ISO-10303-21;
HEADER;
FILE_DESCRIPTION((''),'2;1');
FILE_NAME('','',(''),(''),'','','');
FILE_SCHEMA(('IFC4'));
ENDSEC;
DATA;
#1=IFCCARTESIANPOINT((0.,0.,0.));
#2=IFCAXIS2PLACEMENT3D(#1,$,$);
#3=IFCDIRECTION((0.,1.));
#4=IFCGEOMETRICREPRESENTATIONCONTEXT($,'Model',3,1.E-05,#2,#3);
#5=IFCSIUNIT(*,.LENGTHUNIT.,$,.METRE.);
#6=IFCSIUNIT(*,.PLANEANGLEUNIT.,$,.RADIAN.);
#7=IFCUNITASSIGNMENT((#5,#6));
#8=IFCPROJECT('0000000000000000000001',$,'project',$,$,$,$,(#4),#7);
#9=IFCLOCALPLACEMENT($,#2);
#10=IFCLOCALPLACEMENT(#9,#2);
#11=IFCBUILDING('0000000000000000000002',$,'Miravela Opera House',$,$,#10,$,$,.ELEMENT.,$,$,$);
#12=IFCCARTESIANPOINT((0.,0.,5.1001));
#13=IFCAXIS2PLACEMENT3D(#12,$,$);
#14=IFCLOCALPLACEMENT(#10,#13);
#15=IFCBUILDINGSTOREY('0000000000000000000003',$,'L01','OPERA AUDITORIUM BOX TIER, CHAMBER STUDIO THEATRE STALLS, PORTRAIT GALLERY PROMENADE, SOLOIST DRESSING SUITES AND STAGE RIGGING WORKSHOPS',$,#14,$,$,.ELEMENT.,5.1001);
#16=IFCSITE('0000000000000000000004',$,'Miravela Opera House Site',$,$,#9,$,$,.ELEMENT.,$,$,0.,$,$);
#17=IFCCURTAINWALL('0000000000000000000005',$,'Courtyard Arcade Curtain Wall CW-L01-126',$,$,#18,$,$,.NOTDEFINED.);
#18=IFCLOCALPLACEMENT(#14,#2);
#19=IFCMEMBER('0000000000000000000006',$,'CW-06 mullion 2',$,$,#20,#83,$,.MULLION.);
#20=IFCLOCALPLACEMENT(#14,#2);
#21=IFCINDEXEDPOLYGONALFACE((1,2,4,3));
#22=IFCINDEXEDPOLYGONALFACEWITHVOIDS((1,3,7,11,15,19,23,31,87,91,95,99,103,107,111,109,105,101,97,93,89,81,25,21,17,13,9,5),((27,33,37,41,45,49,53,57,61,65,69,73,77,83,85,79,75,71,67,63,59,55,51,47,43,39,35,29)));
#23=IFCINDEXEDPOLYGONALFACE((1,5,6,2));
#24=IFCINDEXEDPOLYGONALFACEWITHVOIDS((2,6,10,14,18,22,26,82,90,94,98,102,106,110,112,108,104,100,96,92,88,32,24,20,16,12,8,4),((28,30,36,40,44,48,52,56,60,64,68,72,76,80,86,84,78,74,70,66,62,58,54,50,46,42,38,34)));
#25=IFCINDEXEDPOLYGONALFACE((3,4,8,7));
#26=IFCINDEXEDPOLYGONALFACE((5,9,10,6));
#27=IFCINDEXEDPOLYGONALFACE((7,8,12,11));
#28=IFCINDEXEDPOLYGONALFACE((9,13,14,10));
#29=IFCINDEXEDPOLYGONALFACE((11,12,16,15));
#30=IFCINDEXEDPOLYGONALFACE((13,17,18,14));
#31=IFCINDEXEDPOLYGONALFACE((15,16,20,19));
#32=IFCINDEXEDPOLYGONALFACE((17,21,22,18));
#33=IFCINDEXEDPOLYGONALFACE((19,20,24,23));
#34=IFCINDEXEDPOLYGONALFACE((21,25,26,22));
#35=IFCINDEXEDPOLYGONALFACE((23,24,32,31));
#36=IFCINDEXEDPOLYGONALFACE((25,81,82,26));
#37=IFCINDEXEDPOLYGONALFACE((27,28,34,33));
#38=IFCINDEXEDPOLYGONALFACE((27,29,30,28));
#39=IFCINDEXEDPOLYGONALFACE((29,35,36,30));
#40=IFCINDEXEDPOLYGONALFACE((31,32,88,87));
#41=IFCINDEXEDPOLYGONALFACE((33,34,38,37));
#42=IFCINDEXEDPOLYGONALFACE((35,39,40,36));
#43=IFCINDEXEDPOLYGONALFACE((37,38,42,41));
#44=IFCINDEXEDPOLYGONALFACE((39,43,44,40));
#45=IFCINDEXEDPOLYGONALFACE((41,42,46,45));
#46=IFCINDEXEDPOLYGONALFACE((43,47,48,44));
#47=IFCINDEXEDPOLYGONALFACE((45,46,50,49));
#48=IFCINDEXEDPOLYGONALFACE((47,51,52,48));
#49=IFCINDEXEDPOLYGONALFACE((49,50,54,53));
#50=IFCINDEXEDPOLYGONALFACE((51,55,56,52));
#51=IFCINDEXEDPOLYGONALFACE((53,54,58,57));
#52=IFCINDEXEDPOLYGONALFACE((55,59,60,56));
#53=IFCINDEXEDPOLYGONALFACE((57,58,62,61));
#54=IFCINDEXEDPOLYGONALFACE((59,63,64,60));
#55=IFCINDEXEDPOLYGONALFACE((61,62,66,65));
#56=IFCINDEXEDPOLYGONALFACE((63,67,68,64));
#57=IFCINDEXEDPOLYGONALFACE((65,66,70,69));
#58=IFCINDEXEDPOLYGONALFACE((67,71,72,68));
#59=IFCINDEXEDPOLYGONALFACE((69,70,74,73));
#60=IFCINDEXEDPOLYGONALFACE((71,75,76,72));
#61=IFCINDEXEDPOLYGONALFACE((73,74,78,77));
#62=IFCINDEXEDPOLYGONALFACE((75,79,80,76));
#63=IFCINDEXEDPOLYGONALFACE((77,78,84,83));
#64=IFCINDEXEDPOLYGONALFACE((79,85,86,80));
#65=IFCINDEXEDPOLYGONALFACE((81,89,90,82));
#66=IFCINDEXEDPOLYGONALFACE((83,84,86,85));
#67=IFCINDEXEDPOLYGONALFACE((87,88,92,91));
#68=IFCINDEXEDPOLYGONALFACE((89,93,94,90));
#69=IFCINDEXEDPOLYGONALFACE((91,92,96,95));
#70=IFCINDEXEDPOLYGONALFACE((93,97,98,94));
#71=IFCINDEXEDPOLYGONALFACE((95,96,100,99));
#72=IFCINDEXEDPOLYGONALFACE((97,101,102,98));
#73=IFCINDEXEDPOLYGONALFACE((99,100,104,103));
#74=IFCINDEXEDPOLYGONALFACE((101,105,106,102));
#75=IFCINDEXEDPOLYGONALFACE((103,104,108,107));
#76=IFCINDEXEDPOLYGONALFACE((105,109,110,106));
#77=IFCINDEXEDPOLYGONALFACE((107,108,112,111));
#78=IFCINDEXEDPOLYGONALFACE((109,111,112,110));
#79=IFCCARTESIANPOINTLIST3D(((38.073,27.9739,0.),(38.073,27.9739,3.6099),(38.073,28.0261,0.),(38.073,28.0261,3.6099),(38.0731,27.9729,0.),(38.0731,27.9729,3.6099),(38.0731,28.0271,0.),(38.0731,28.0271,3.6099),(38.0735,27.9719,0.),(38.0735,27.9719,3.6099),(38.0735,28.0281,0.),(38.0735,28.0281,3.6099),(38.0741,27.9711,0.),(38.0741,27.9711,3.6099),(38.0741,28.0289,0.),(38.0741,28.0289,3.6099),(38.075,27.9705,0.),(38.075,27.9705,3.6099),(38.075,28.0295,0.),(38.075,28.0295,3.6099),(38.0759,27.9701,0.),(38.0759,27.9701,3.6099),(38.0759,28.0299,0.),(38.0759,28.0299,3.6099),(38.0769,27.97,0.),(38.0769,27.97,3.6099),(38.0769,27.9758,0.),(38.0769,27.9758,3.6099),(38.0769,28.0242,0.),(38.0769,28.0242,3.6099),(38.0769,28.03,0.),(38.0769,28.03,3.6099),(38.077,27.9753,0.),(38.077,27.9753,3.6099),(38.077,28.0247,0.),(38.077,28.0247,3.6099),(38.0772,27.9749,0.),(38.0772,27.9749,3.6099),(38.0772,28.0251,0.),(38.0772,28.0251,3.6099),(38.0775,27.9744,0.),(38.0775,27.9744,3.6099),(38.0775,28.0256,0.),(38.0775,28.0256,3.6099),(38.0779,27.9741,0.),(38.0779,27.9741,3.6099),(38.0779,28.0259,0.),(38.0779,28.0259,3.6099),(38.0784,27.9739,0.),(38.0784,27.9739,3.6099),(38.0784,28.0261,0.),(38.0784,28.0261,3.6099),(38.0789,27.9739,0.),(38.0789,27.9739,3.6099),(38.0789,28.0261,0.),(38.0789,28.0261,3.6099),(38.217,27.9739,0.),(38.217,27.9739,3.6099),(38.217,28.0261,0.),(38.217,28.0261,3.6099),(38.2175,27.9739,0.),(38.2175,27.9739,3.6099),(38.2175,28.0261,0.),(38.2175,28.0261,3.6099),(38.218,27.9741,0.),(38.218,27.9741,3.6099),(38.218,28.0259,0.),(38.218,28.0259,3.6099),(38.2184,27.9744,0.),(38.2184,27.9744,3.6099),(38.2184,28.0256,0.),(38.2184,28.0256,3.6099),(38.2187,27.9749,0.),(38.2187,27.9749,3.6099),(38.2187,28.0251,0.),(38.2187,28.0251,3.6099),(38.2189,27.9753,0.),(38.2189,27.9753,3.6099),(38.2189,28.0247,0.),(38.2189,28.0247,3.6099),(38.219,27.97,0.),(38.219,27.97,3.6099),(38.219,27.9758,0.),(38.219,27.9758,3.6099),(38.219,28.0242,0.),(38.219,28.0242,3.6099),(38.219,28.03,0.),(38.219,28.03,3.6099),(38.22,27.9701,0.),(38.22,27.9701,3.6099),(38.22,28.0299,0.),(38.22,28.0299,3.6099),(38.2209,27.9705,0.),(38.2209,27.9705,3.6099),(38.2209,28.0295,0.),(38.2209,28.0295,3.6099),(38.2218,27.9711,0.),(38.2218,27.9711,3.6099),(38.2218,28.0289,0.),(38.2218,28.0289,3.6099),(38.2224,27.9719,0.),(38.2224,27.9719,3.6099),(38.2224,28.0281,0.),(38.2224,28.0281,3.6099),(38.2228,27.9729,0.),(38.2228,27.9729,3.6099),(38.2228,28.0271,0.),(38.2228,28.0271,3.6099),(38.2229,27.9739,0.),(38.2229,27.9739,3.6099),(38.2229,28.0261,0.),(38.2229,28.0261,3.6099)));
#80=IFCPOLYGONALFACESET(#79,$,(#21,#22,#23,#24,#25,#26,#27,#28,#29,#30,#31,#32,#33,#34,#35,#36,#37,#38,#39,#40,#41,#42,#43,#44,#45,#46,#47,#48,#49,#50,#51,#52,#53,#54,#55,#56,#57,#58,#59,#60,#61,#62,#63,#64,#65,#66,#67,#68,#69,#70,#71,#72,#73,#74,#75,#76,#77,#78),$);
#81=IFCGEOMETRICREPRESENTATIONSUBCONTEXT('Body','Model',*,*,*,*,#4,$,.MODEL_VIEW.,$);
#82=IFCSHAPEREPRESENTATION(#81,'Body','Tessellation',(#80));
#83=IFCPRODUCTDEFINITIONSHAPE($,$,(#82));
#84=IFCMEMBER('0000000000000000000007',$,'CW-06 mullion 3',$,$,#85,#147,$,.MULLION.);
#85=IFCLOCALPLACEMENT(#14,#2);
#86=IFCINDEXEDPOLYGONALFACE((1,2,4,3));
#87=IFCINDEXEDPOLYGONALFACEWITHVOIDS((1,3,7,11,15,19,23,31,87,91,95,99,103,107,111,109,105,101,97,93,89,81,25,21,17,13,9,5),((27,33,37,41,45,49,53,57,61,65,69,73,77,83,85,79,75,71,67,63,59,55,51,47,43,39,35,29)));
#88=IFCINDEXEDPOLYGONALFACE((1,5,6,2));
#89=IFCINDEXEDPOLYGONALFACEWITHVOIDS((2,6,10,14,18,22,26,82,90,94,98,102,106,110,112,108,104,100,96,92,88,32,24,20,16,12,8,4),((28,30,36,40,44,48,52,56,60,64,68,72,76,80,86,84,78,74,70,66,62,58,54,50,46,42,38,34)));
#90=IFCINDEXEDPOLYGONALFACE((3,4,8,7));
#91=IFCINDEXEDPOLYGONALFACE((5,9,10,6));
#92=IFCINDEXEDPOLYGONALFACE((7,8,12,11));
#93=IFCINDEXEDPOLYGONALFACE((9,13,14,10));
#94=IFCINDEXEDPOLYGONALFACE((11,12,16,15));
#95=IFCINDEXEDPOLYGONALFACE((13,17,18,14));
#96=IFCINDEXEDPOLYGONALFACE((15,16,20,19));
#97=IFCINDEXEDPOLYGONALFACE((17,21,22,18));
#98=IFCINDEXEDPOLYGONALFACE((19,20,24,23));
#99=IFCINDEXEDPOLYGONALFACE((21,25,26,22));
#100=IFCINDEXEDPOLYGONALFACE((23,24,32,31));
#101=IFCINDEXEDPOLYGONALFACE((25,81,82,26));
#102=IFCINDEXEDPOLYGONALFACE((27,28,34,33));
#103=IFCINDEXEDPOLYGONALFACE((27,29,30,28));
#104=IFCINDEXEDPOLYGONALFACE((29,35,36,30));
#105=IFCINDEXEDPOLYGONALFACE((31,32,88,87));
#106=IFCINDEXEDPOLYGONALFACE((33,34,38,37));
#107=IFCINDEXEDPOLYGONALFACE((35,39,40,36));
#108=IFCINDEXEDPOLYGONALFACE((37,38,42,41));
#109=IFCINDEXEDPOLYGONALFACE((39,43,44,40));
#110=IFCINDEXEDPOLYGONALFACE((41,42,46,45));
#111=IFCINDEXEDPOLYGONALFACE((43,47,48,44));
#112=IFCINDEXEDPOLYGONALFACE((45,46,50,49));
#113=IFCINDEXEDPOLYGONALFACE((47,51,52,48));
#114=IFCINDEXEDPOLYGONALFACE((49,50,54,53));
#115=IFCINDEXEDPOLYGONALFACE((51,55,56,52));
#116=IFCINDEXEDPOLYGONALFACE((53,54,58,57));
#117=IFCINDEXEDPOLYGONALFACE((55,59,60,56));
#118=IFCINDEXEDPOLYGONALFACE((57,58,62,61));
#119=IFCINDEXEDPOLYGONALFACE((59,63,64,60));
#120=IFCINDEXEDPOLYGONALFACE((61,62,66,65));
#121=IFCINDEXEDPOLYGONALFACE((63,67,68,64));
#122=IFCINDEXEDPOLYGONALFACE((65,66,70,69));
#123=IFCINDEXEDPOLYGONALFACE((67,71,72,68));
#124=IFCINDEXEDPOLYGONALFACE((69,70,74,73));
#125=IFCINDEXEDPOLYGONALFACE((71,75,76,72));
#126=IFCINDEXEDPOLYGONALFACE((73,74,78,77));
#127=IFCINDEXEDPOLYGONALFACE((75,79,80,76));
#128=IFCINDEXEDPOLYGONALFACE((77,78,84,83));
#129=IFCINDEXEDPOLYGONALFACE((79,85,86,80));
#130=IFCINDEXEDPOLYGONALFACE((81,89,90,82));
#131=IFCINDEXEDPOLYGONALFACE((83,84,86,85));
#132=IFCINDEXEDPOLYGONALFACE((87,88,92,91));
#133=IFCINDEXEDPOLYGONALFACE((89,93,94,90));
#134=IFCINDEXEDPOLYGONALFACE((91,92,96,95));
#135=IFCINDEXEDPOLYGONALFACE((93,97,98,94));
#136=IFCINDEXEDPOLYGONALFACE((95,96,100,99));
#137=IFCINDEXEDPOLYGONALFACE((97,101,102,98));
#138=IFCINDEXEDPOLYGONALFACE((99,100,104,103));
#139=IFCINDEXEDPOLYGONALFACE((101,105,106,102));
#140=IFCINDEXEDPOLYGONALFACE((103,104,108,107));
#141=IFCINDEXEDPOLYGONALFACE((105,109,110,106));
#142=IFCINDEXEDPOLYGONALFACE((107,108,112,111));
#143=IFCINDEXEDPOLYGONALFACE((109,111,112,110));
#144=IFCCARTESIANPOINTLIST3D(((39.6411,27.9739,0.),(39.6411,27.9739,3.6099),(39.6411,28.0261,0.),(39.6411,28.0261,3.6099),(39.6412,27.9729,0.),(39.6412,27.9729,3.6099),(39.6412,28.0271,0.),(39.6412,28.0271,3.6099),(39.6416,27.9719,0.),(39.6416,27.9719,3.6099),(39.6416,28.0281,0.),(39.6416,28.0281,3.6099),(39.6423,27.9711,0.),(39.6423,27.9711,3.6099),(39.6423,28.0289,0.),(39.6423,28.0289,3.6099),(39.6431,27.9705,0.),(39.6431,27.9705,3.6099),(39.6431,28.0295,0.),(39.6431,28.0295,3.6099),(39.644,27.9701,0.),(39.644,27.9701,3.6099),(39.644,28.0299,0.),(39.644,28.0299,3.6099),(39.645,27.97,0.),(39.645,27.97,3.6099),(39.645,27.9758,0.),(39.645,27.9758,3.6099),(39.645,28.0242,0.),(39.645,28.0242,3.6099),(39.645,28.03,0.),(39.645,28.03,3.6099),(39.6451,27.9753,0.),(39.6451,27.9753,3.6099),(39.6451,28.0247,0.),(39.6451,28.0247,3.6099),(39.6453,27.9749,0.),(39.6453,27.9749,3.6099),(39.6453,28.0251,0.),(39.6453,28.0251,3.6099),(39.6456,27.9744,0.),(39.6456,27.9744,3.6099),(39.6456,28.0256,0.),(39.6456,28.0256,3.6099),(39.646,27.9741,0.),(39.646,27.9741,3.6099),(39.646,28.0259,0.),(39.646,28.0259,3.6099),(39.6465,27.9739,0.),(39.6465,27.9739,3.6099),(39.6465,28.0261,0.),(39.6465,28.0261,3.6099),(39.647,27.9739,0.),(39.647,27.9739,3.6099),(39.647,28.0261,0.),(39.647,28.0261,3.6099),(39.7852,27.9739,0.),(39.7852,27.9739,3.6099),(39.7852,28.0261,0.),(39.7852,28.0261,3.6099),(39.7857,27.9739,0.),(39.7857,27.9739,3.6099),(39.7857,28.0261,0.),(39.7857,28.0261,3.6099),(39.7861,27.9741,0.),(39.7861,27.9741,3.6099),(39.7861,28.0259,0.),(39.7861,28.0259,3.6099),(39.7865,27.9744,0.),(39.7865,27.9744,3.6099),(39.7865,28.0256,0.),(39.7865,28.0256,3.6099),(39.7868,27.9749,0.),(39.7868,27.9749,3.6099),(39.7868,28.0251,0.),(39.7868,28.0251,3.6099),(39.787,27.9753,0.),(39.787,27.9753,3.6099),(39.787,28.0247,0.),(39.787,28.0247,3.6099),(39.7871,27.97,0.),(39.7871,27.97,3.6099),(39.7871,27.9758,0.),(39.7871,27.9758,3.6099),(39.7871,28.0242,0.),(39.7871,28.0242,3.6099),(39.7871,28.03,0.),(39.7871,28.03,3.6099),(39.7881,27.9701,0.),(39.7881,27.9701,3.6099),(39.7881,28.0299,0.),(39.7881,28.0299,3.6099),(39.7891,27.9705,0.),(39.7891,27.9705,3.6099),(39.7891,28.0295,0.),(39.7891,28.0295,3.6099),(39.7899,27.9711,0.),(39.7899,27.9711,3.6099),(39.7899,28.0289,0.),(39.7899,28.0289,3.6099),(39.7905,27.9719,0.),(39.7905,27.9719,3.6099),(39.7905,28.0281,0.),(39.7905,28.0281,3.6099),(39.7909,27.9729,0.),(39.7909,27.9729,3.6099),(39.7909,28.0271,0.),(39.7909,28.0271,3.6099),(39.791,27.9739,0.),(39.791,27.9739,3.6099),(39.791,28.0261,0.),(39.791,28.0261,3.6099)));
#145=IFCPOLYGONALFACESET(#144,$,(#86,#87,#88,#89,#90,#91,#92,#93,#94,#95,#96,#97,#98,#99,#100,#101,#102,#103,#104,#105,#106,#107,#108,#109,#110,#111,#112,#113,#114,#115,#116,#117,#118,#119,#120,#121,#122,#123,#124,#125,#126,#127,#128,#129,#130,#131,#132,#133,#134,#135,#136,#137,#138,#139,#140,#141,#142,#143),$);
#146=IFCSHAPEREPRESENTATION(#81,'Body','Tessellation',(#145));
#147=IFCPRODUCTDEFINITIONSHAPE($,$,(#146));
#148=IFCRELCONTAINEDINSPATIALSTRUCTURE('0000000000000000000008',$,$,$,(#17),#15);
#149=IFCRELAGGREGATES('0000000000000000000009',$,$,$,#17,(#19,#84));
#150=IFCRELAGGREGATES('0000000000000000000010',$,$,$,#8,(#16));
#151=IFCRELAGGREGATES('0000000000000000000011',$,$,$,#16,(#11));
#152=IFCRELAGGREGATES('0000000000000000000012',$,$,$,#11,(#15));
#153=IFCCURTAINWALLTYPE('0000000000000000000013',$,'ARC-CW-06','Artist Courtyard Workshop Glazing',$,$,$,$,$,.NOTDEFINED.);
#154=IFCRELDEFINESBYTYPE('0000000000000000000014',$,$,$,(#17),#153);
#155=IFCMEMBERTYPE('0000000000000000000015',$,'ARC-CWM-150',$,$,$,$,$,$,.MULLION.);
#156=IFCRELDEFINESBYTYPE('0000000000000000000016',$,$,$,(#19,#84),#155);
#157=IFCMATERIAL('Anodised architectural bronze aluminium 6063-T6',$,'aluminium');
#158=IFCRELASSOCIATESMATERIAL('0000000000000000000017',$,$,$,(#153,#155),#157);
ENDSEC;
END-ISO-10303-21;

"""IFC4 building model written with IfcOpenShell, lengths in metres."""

from ifc_helpers import new_model, si_unit, direction, frame, origin, origin_2d, place, context, subcontext, project, spatial, hollow_rectangle, extrude, material, material_profile, profile_set, type_object, element, aggregate, save


model = new_model("IFC4")

# Units and contexts
model_context = context("Model", 3, precision=1e-05, world=origin(), true_north=direction((0.0, 1.0)))
body_context = subcontext(model_context, "Body", "Model", "MODEL_VIEW")
ifc_project = project(units=[si_unit("LENGTHUNIT", "METRE"), si_unit("PLANEANGLEUNIT", "RADIAN")], contexts=[model_context])

# Site, building, storey
site_placement = place(None, origin())
site = spatial("IfcSite", under=ifc_project, at=site_placement, Name="Miravela Opera House Site", CompositionType="ELEMENT", RefElevation=0.0)
building_placement = place(site_placement, origin())
building = spatial("IfcBuilding", under=site, at=building_placement, Name="Miravela Opera House", CompositionType="ELEMENT")
storey_placement = place(building_placement, frame((0.0, 0.0, 5.1001)))
storey = spatial("IfcBuildingStorey", under=building, at=storey_placement, Name="L01", Description="OPERA AUDITORIUM BOX TIER, CHAMBER STUDIO THEATRE STALLS, PORTRAIT GALLERY PROMENADE, SOLOIST DRESSING SUITES AND STAGE RIGGING WORKSHOPS", CompositionType="ELEMENT", Elevation=5.1001)

# Shared definitions
ifc_material_1 = material(Name="Anodised architectural bronze aluminium 6063-T6", Category="aluminium")
curtain_wall_type = type_object("IfcCurtainWallType", Name="ARC-CW-06", Description="Artist Courtyard Workshop Glazing", PredefinedType="NOTDEFINED", material=ifc_material_1)
ifc_material_profile_1 = material_profile(ifc_material_1, hollow_rectangle(XDim=0.0601, YDim=0.1499, WallThickness=0.0039, InnerFilletRadius=0.002, OuterFilletRadius=0.0039, at=origin_2d()), Name="CWM-60X150")
ifc_profile_set_1 = profile_set([ifc_material_profile_1])
member_type_1 = type_object("IfcMemberType", Name="ARC-CWM-150", PredefinedType="MULLION", material=ifc_profile_set_1)

# Curtain wall, members
curtain_wall_1_placement = place(storey_placement, origin())
curtain_wall_1 = element("IfcCurtainWall", 1, at=curtain_wall_1_placement, inside=storey, type_object=curtain_wall_type, Name="Courtyard Arcade Curtain Wall CW-L01-126", PredefinedType="NOTDEFINED")
member_1_placement = place(storey_placement, frame((38.1479, 28.0, 0.0), z_axis=(0.0, 0.0, 1.0), x_axis=(0.0, 1.0, 0.0)))
member_1 = element("IfcMember", 2, at=member_1_placement, type_object=member_type_1, Name="CW-06 mullion 2", PredefinedType="MULLION", context=body_context, shape_type="SweptSolid", body=[
    extrude(hollow_rectangle(XDim=0.0601, YDim=0.1499, WallThickness=0.0039, InnerFilletRadius=0.002, OuterFilletRadius=0.0039, at=origin_2d()), origin(), (0.0, 0.0, 1.0), 3.6099),
])
member_2_placement = place(storey_placement, frame((39.7161, 28.0, 0.0), z_axis=(0.0, 0.0, 1.0), x_axis=(0.0, 1.0, 0.0)))
member_2 = element("IfcMember", 3, at=member_2_placement, type_object=member_type_1, Name="CW-06 mullion 3", PredefinedType="MULLION", context=body_context, shape_type="SweptSolid", body=[
    extrude(hollow_rectangle(XDim=0.0601, YDim=0.1499, WallThickness=0.0039, InnerFilletRadius=0.002, OuterFilletRadius=0.0039, at=origin_2d()), origin(), (0.0, 0.0, 1.0), 3.6099),
])

aggregate(curtain_wall_1, [member_1, member_2])

save(model, "model.ifc")
